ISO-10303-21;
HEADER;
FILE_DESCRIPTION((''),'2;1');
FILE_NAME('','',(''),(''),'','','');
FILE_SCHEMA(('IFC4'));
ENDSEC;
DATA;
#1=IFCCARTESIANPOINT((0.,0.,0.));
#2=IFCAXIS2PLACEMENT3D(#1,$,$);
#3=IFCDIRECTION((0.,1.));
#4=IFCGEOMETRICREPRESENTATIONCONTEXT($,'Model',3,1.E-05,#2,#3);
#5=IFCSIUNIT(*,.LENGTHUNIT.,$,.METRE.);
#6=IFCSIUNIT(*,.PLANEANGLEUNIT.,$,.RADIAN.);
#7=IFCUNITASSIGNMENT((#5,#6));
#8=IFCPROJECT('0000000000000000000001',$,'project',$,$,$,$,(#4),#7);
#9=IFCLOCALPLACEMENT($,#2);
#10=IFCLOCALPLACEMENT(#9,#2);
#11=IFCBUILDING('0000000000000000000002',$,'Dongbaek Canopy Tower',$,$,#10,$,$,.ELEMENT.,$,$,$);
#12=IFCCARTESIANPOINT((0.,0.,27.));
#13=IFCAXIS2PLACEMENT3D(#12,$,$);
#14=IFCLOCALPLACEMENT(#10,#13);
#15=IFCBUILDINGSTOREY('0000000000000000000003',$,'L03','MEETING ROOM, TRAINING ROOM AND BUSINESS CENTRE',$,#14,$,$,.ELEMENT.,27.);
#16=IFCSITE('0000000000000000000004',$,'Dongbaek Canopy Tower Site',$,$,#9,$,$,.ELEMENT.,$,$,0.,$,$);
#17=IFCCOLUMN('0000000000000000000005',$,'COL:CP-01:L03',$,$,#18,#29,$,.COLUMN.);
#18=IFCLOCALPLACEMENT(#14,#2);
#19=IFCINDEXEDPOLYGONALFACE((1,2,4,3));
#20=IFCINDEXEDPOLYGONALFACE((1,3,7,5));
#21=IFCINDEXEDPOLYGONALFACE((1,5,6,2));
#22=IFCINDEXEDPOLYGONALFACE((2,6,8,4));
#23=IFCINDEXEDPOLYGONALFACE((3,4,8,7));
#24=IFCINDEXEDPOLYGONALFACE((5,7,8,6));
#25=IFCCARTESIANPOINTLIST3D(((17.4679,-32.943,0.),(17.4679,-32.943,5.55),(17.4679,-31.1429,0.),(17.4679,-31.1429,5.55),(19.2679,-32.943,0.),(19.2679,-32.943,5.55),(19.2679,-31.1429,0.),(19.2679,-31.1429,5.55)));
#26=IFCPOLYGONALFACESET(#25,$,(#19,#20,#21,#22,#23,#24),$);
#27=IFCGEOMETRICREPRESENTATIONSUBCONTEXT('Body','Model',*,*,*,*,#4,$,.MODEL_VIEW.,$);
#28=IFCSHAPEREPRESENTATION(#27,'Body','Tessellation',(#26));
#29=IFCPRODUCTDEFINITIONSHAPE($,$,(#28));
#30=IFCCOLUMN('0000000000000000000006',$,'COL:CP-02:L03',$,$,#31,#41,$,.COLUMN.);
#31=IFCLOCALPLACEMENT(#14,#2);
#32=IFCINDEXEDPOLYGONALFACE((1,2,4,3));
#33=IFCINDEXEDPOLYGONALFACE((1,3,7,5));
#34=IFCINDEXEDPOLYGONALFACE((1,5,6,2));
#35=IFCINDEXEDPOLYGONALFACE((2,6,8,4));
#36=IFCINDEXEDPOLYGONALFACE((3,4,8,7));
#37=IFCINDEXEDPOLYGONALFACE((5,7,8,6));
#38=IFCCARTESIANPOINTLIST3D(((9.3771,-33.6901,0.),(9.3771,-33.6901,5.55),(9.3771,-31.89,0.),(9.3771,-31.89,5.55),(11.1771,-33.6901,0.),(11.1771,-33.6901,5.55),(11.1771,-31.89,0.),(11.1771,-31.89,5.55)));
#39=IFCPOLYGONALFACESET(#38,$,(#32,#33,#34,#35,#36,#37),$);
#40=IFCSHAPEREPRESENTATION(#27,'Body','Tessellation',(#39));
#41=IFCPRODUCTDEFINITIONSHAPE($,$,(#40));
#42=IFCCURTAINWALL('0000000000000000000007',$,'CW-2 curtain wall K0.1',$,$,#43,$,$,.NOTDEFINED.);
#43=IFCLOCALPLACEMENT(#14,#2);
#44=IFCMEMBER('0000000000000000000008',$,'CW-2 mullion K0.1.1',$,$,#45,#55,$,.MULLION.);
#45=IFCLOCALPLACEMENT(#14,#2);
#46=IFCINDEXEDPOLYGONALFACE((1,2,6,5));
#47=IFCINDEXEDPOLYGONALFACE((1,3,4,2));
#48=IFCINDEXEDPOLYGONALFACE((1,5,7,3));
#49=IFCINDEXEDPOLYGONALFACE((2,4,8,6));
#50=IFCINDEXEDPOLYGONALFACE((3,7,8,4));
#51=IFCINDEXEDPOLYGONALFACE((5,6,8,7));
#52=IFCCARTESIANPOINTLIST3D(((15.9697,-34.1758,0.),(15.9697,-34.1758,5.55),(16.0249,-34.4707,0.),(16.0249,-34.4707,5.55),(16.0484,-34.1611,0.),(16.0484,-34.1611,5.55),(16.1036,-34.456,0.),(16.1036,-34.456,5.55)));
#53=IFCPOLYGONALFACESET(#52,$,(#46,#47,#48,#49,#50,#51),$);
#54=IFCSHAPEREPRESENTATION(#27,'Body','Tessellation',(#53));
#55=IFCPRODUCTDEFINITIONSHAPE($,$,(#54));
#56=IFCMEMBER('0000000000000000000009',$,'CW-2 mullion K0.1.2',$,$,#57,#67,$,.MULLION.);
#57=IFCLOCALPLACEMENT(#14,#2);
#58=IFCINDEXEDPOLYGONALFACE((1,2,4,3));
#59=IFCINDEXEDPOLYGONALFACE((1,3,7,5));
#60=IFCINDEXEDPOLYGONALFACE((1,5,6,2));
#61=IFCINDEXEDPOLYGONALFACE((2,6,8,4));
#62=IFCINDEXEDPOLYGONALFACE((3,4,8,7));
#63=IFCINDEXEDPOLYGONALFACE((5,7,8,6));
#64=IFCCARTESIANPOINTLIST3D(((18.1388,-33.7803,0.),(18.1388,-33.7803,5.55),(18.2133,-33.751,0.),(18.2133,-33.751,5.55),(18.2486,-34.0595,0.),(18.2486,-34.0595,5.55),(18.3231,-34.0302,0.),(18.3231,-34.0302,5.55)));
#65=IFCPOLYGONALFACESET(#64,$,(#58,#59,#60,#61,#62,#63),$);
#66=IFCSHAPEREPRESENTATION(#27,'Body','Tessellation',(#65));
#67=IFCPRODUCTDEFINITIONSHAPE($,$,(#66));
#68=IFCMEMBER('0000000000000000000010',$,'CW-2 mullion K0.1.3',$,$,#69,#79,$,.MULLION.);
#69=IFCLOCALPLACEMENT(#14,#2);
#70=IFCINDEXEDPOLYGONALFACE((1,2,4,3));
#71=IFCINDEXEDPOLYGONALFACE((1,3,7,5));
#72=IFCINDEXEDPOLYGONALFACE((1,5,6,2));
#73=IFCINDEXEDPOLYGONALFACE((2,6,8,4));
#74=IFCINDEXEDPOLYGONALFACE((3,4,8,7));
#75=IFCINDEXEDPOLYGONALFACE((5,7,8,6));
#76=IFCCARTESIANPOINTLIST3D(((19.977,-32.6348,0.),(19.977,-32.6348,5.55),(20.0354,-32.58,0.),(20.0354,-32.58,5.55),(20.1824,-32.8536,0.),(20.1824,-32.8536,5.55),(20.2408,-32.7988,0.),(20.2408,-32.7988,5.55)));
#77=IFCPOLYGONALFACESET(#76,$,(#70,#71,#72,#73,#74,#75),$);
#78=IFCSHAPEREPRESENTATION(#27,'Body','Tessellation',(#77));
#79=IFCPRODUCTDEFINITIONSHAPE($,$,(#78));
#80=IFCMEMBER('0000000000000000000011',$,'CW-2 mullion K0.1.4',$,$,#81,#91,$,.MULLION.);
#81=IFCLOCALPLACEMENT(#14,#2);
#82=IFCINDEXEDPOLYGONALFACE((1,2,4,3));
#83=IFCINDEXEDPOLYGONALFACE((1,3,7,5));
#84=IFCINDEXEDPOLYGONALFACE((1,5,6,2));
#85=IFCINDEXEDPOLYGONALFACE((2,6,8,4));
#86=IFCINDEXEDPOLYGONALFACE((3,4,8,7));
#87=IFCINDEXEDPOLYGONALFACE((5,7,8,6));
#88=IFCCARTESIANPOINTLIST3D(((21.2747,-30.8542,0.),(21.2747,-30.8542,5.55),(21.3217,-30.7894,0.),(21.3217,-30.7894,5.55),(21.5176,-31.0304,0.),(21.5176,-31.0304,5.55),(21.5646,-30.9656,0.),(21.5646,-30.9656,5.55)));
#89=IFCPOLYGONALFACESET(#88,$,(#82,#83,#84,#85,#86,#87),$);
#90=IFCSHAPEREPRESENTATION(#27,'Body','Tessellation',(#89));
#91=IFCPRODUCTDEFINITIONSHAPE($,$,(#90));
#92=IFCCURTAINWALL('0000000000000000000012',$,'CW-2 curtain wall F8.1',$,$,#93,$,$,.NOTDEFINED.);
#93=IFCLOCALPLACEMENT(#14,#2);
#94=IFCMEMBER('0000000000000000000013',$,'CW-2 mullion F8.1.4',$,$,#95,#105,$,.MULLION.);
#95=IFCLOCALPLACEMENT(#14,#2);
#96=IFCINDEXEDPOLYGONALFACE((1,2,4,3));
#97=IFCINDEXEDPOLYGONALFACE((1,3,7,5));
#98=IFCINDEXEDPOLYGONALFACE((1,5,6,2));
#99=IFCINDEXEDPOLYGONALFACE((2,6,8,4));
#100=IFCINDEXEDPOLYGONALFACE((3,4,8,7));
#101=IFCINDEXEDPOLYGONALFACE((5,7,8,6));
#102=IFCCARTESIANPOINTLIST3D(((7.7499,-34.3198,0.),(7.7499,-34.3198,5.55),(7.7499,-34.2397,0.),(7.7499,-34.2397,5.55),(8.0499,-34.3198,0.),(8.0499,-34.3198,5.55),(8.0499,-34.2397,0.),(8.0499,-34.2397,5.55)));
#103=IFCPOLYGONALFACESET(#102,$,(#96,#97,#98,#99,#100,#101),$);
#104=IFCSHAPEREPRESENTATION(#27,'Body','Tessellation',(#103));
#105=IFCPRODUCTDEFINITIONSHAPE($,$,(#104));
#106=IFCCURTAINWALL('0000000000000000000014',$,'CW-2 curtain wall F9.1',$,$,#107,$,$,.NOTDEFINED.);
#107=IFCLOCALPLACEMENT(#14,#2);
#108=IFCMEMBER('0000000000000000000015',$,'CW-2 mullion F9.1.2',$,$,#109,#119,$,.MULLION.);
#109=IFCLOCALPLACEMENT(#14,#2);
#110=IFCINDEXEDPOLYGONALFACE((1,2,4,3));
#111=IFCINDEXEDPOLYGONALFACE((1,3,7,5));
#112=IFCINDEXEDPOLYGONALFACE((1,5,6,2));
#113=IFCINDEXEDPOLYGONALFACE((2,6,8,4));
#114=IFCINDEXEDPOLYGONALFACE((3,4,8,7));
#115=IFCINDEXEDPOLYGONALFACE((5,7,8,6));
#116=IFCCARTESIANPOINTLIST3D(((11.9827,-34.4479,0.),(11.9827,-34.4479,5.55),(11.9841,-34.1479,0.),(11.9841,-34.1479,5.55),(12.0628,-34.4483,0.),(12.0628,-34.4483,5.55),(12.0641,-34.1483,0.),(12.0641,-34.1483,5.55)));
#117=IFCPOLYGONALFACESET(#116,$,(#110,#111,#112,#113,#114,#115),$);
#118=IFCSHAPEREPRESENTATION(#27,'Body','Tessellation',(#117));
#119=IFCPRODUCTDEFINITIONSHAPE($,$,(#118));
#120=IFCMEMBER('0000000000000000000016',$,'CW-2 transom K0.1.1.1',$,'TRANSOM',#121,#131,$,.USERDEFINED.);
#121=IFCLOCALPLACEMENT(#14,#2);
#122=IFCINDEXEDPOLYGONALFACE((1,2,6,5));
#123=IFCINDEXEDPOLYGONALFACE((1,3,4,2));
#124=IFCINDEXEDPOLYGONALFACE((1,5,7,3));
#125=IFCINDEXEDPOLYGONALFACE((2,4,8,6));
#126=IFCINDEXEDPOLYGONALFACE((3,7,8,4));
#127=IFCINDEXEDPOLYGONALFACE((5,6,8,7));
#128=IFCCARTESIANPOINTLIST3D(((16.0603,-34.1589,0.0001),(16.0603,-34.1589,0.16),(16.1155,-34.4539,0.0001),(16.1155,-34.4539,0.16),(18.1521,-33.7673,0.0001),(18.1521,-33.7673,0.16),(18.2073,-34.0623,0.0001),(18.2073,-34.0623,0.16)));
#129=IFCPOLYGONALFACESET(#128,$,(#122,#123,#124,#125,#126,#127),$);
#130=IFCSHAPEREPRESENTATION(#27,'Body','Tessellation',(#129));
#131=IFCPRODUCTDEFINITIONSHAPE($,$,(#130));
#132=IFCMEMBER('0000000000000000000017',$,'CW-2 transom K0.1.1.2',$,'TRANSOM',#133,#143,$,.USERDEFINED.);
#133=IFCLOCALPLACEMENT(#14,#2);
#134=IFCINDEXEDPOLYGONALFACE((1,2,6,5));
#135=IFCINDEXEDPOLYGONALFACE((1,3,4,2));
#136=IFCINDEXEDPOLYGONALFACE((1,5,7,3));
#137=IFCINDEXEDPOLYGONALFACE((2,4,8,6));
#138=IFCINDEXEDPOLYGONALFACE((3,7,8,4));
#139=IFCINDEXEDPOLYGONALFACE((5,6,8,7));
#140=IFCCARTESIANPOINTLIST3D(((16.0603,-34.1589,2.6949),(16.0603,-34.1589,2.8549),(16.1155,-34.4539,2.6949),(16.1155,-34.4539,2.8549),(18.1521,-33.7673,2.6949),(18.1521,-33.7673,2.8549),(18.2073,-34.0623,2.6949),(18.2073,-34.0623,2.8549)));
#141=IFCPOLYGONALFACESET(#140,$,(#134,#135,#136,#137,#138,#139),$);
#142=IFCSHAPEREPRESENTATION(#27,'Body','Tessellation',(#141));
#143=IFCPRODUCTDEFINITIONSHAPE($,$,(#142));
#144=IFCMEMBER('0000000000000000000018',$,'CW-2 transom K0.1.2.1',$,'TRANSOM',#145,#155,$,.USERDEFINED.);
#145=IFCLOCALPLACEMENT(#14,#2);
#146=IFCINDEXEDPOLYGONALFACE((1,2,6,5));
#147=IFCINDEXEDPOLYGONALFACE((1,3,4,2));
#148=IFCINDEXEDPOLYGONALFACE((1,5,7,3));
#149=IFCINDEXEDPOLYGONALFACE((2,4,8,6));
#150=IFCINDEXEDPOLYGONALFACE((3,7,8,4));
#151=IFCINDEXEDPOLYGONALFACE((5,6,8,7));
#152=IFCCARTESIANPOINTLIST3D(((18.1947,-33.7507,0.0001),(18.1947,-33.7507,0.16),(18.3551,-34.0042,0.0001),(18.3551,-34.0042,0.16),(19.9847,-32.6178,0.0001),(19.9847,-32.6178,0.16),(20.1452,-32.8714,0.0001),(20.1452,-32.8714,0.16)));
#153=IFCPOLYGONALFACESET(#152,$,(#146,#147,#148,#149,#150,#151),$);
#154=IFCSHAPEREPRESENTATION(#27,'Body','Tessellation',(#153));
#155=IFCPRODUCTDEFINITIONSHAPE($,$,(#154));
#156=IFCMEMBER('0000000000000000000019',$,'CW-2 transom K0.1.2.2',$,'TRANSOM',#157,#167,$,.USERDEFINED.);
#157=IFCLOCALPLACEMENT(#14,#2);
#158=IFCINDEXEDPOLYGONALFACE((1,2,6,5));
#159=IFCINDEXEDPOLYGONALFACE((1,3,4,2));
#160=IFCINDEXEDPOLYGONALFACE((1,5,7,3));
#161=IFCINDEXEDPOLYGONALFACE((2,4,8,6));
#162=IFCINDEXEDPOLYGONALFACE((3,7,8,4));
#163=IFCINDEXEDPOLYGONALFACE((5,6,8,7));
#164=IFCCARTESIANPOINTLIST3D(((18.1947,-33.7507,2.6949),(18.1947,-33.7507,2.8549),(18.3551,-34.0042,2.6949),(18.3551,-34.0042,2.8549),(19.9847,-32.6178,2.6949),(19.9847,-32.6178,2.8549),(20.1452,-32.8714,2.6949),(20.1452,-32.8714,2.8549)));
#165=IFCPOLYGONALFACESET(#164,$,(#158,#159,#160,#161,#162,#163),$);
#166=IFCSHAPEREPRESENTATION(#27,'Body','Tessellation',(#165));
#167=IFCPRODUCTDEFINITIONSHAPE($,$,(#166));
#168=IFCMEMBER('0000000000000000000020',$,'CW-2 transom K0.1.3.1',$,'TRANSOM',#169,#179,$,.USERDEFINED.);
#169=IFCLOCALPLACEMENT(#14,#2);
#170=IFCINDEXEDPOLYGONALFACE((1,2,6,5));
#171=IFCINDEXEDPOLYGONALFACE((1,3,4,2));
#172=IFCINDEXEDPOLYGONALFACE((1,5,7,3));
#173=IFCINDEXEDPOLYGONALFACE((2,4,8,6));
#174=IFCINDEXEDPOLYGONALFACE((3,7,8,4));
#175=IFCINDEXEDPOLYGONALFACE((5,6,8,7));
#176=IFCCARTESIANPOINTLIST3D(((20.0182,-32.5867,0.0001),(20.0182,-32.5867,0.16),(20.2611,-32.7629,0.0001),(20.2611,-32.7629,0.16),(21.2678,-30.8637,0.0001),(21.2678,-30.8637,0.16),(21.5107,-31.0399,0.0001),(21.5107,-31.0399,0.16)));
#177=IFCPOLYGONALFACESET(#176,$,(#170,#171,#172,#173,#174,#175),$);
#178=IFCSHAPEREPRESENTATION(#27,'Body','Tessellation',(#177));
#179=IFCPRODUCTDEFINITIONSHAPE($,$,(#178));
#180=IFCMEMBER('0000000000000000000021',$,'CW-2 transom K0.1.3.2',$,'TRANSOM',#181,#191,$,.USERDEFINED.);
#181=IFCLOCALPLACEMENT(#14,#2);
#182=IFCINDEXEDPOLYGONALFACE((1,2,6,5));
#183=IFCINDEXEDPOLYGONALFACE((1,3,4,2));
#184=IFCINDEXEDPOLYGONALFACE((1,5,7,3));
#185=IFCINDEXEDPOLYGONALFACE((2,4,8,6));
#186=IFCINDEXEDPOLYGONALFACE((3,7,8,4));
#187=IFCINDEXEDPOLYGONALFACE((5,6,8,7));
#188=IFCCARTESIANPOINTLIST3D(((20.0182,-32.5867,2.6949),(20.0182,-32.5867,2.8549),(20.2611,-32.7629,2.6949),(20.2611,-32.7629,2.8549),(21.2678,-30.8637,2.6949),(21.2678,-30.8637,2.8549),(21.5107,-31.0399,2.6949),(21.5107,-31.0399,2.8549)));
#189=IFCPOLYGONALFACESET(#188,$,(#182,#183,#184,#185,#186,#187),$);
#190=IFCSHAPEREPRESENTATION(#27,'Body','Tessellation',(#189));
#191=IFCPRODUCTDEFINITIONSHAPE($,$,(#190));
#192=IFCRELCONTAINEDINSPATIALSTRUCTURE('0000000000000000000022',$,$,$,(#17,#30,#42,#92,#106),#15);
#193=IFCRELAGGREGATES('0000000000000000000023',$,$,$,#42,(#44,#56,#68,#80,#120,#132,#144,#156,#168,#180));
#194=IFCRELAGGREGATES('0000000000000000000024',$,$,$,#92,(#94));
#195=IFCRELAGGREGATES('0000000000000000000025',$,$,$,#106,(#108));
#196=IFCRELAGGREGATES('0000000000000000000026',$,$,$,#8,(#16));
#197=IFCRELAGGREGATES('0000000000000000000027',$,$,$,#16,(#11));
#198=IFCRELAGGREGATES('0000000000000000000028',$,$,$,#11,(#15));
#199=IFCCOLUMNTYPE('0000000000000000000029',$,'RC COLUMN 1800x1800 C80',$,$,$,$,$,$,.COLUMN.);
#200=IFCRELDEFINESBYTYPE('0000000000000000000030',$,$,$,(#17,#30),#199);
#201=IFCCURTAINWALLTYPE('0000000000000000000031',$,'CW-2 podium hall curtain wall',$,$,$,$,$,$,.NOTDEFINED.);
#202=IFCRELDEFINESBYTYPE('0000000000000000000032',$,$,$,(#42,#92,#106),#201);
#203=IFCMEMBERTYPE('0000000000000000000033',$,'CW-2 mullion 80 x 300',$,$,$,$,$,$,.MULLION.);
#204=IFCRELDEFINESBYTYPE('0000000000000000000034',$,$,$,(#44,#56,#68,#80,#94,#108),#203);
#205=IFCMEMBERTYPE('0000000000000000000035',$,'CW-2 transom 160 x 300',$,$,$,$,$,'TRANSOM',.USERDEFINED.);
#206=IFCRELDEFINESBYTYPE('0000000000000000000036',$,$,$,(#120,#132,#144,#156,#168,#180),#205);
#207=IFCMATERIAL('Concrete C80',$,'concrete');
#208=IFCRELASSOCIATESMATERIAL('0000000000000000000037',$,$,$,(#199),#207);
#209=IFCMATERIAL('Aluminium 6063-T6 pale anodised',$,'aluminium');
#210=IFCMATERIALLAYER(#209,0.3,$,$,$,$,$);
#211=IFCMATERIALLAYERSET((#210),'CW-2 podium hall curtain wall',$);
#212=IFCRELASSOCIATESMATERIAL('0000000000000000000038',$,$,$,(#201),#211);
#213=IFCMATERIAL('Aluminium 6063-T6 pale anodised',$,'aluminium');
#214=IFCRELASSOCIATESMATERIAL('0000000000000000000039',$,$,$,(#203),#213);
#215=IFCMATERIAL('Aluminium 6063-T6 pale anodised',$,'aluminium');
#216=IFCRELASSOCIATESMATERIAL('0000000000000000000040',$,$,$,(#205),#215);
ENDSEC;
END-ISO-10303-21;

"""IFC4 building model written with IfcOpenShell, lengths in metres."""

from ifc_helpers import new_model, si_unit, direction, frame, origin, origin_2d, place, context, subcontext, project, spatial, rectangle, extrude, material, layer, layer_set, material_profile, profile_set, type_object, element, aggregate, save


model = new_model("IFC4")

# Units and contexts
model_context = context("Model", 3, precision=1e-05, world=origin(), true_north=direction((0.0, 1.0)))
body_context = subcontext(model_context, "Body", "Model", "MODEL_VIEW")
ifc_project = project(units=[si_unit("LENGTHUNIT", "METRE"), si_unit("PLANEANGLEUNIT", "RADIAN")], contexts=[model_context])

# Site, building, storey
site_placement = place(None, origin())
site = spatial("IfcSite", under=ifc_project, at=site_placement, Name="Dongbaek Canopy Tower Site", CompositionType="ELEMENT", RefElevation=0.0)
building_placement = place(site_placement, origin())
building = spatial("IfcBuilding", under=site, at=building_placement, Name="Dongbaek Canopy Tower", CompositionType="ELEMENT")
storey_placement = place(building_placement, frame((0.0, 0.0, 27.0)))
storey = spatial("IfcBuildingStorey", under=building, at=storey_placement, Name="L03", Description="MEETING ROOM, TRAINING ROOM AND BUSINESS CENTRE", CompositionType="ELEMENT", Elevation=27.0)

# Columns
ifc_material_1 = material(Name="Concrete C80", Category="concrete")
ifc_material_profile_1 = material_profile(ifc_material_1, rectangle(XDim=1.8, YDim=1.8, at=origin_2d()), Name="RC COLUMN 1800x1800 C80")
ifc_profile_set_1 = profile_set([ifc_material_profile_1], Name="Concrete C80")
column_type = type_object("IfcColumnType", Name="RC COLUMN 1800x1800 C80", PredefinedType="COLUMN", material=ifc_profile_set_1)
for number, where, z_axis, x_axis, name in (
    (1, (18.3679, -32.043, 0.0), (0.0, 0.0, 1.0), (1.0, 0.0, 0.0), "COL:CP-01:L03"),
    (2, (10.2771, -32.79, 0.0), (0.0, 0.0, 1.0), (1.0, 0.0, 0.0), "COL:CP-02:L03"),
):
    element("IfcColumn", number, at=place(storey_placement, frame(where, z_axis=z_axis, x_axis=x_axis)), inside=storey, type_object=column_type, Name=name, PredefinedType="COLUMN", context=body_context, shape_type="SweptSolid", body=[
        extrude(rectangle(XDim=1.8, YDim=1.8, at=origin_2d()), origin(), (0.0, 0.0, 1.0), 5.55),
    ])

# Curtain wall, members
ifc_material_2 = material(Name="Aluminium 6063-T6 pale anodised", Category="aluminium")
ifc_layer_1 = layer(ifc_material_2, 0.3)
ifc_layer_set_1 = layer_set([ifc_layer_1], Name="CW-2 podium hall curtain wall")
curtain_wall_type = type_object("IfcCurtainWallType", Name="CW-2 podium hall curtain wall", PredefinedType="NOTDEFINED", material=ifc_layer_set_1)
curtain_wall_1_placement = place(storey_placement, origin())
curtain_wall_1 = element("IfcCurtainWall", 3, at=curtain_wall_1_placement, inside=storey, type_object=curtain_wall_type, Name="CW-2 curtain wall K0.1", PredefinedType="NOTDEFINED")
ifc_material_3 = material(Name="Aluminium 6063-T6 pale anodised", Category="aluminium")
ifc_material_profile_2 = material_profile(ifc_material_3, rectangle(XDim=0.3, YDim=0.0801, at=origin_2d()), Name="CW-2 mullion 80 x 300")
ifc_profile_set_2 = profile_set([ifc_material_profile_2], Name="Aluminium 6063-T6 pale anodised")
member_type_1 = type_object("IfcMemberType", Name="CW-2 mullion 80 x 300", PredefinedType="MULLION", material=ifc_profile_set_2)
member_1_placement = place(storey_placement, frame((16.0366, -34.3159, 0.0), z_axis=(0.0, 0.0, 1.0), x_axis=(0.184024, -0.982922, 0.0)))
member_1 = element("IfcMember", 4, at=member_1_placement, type_object=member_type_1, Name="CW-2 mullion K0.1.1", PredefinedType="MULLION", context=body_context, shape_type="SweptSolid", body=[
    extrude(rectangle(XDim=0.3, YDim=0.0801, at=origin_2d()), origin(), (0.0, 0.0, 1.0), 5.55),
])
member_2_placement = place(storey_placement, frame((18.231, -33.9053, 0.0), z_axis=(0.0, 0.0, 1.0), x_axis=(0.365922, -0.930645, 0.0)))
member_2 = element("IfcMember", 5, at=member_2_placement, type_object=member_type_1, Name="CW-2 mullion K0.1.2", PredefinedType="MULLION", context=body_context, shape_type="SweptSolid", body=[
    extrude(rectangle(XDim=0.3, YDim=0.0801, at=origin_2d()), origin(), (0.0, 0.0, 1.0), 5.55),
])
member_3_placement = place(storey_placement, frame((20.1089, -32.7168, 0.0), z_axis=(0.0, 0.0, 1.0), x_axis=(0.684351, -0.729153, 0.0)))
member_3 = element("IfcMember", 6, at=member_3_placement, type_object=member_type_1, Name="CW-2 mullion K0.1.3", PredefinedType="MULLION", context=body_context, shape_type="SweptSolid", body=[
    extrude(rectangle(XDim=0.3, YDim=0.0801, at=origin_2d()), origin(), (0.0, 0.0, 1.0), 5.55),
])
member_4_placement = place(storey_placement, frame((21.4197, -30.9099, 0.0), z_axis=(0.0, 0.0, 1.0), x_axis=(0.809475, -0.587154, 0.0)))
member_4 = element("IfcMember", 7, at=member_4_placement, type_object=member_type_1, Name="CW-2 mullion K0.1.4", PredefinedType="MULLION", context=body_context, shape_type="SweptSolid", body=[
    extrude(rectangle(XDim=0.3, YDim=0.0801, at=origin_2d()), origin(), (0.0, 0.0, 1.0), 5.55),
])

# Curtain walls, members
curtain_wall_2_placement = place(storey_placement, origin())
curtain_wall_2 = element("IfcCurtainWall", 8, at=curtain_wall_2_placement, inside=storey, type_object=curtain_wall_type, Name="CW-2 curtain wall F8.1", PredefinedType="NOTDEFINED")
member_5_placement = place(storey_placement, frame((7.8999, -34.2798, 0.0), z_axis=(0.0, 0.0, 1.0), x_axis=(1.0, 0.0, 0.0)))
member_5 = element("IfcMember", 9, at=member_5_placement, type_object=member_type_1, Name="CW-2 mullion F8.1.4", PredefinedType="MULLION", context=body_context, shape_type="SweptSolid", body=[
    extrude(rectangle(XDim=0.3, YDim=0.0801, at=origin_2d()), origin(), (0.0, 0.0, 1.0), 5.55),
])
curtain_wall_3_placement = place(storey_placement, origin())
curtain_wall_3 = element("IfcCurtainWall", 10, at=curtain_wall_3_placement, inside=storey, type_object=curtain_wall_type, Name="CW-2 curtain wall F9.1", PredefinedType="NOTDEFINED")
member_6_placement = place(storey_placement, frame((12.0234, -34.2981, 0.0), z_axis=(0.0, 0.0, 1.0), x_axis=(-0.004466, -0.99999, 0.0)))
member_6 = element("IfcMember", 11, at=member_6_placement, type_object=member_type_1, Name="CW-2 mullion F9.1.2", PredefinedType="MULLION", context=body_context, shape_type="SweptSolid", body=[
    extrude(rectangle(XDim=0.3, YDim=0.0801, at=origin_2d()), origin(), (0.0, 0.0, 1.0), 5.55),
])

# Members
ifc_material_4 = material(Name="Aluminium 6063-T6 pale anodised", Category="aluminium")
ifc_material_profile_3 = material_profile(ifc_material_4, rectangle(XDim=0.3, YDim=0.1599, at=origin_2d()), Name="CW-2 transom 160 x 300")
ifc_profile_set_3 = profile_set([ifc_material_profile_3], Name="Aluminium 6063-T6 pale anodised")
member_type_2 = type_object("IfcMemberType", Name="CW-2 transom 160 x 300", ElementType="TRANSOM", PredefinedType="USERDEFINED", material=ifc_profile_set_3)
member_7_placement = place(storey_placement, frame((16.0879, -34.3064, 0.0801), z_axis=(0.982924, 0.184011, 0.0), x_axis=(-0.184011, 0.982924, 0.0)))
member_7 = element("IfcMember", 12, at=member_7_placement, type_object=member_type_2, Name="CW-2 transom K0.1.1.1", ObjectType="TRANSOM", PredefinedType="USERDEFINED", context=body_context, shape_type="SweptSolid", body=[
    extrude(rectangle(XDim=0.3, YDim=0.1599, at=origin_2d()), origin(), (0.0, 0.0, 1.0), 2.1282),
])
member_8_placement = place(storey_placement, frame((16.0879, -34.3064, 2.7749), z_axis=(0.982924, 0.184011, 0.0), x_axis=(-0.184011, 0.982924, 0.0)))
member_8 = element("IfcMember", 13, at=member_8_placement, type_object=member_type_2, Name="CW-2 transom K0.1.1.2", ObjectType="TRANSOM", PredefinedType="USERDEFINED", context=body_context, shape_type="SweptSolid", body=[
    extrude(rectangle(XDim=0.3, YDim=0.1599, at=origin_2d()), origin(), (0.0, 0.0, 1.0), 2.1282),
])
member_9_placement = place(storey_placement, frame((18.2749, -33.8774, 0.0801), z_axis=(0.845007, 0.534756, 0.0), x_axis=(-0.534756, 0.845007, 0.0)))
member_9 = element("IfcMember", 14, at=member_9_placement, type_object=member_type_2, Name="CW-2 transom K0.1.2.1", ObjectType="TRANSOM", PredefinedType="USERDEFINED", context=body_context, shape_type="SweptSolid", body=[
    extrude(rectangle(XDim=0.3, YDim=0.1599, at=origin_2d()), origin(), (0.0, 0.0, 1.0), 2.1184),
])
member_10_placement = place(storey_placement, frame((18.2749, -33.8774, 2.7749), z_axis=(0.845007, 0.534756, 0.0), x_axis=(-0.534756, 0.845007, 0.0)))
member_10 = element("IfcMember", 15, at=member_10_placement, type_object=member_type_2, Name="CW-2 transom K0.1.2.2", ObjectType="TRANSOM", PredefinedType="USERDEFINED", context=body_context, shape_type="SweptSolid", body=[
    extrude(rectangle(XDim=0.3, YDim=0.1599, at=origin_2d()), origin(), (0.0, 0.0, 1.0), 2.1184),
])
member_11_placement = place(storey_placement, frame((20.1396, -32.6748, 0.0801), z_axis=(0.587094, 0.809519, 0.0), x_axis=(-0.809519, 0.587094, 0.0)))
member_11 = element("IfcMember", 16, at=member_11_placement, type_object=member_type_2, Name="CW-2 transom K0.1.3.1", ObjectType="TRANSOM", PredefinedType="USERDEFINED", context=body_context, shape_type="SweptSolid", body=[
    extrude(rectangle(XDim=0.3, YDim=0.1599, at=origin_2d()), origin(), (0.0, 0.0, 1.0), 2.1284),
])
member_12_placement = place(storey_placement, frame((20.1396, -32.6748, 2.7749), z_axis=(0.587094, 0.809519, 0.0), x_axis=(-0.809519, 0.587094, 0.0)))
member_12 = element("IfcMember", 17, at=member_12_placement, type_object=member_type_2, Name="CW-2 transom K0.1.3.2", ObjectType="TRANSOM", PredefinedType="USERDEFINED", context=body_context, shape_type="SweptSolid", body=[
    extrude(rectangle(XDim=0.3, YDim=0.1599, at=origin_2d()), origin(), (0.0, 0.0, 1.0), 2.1284),
])

aggregate(curtain_wall_1, [member_1, member_2, member_3, member_4, member_7, member_8, member_9, member_10, member_11, member_12])
aggregate(curtain_wall_2, [member_5])
aggregate(curtain_wall_3, [member_6])

save(model, "model.ifc")
